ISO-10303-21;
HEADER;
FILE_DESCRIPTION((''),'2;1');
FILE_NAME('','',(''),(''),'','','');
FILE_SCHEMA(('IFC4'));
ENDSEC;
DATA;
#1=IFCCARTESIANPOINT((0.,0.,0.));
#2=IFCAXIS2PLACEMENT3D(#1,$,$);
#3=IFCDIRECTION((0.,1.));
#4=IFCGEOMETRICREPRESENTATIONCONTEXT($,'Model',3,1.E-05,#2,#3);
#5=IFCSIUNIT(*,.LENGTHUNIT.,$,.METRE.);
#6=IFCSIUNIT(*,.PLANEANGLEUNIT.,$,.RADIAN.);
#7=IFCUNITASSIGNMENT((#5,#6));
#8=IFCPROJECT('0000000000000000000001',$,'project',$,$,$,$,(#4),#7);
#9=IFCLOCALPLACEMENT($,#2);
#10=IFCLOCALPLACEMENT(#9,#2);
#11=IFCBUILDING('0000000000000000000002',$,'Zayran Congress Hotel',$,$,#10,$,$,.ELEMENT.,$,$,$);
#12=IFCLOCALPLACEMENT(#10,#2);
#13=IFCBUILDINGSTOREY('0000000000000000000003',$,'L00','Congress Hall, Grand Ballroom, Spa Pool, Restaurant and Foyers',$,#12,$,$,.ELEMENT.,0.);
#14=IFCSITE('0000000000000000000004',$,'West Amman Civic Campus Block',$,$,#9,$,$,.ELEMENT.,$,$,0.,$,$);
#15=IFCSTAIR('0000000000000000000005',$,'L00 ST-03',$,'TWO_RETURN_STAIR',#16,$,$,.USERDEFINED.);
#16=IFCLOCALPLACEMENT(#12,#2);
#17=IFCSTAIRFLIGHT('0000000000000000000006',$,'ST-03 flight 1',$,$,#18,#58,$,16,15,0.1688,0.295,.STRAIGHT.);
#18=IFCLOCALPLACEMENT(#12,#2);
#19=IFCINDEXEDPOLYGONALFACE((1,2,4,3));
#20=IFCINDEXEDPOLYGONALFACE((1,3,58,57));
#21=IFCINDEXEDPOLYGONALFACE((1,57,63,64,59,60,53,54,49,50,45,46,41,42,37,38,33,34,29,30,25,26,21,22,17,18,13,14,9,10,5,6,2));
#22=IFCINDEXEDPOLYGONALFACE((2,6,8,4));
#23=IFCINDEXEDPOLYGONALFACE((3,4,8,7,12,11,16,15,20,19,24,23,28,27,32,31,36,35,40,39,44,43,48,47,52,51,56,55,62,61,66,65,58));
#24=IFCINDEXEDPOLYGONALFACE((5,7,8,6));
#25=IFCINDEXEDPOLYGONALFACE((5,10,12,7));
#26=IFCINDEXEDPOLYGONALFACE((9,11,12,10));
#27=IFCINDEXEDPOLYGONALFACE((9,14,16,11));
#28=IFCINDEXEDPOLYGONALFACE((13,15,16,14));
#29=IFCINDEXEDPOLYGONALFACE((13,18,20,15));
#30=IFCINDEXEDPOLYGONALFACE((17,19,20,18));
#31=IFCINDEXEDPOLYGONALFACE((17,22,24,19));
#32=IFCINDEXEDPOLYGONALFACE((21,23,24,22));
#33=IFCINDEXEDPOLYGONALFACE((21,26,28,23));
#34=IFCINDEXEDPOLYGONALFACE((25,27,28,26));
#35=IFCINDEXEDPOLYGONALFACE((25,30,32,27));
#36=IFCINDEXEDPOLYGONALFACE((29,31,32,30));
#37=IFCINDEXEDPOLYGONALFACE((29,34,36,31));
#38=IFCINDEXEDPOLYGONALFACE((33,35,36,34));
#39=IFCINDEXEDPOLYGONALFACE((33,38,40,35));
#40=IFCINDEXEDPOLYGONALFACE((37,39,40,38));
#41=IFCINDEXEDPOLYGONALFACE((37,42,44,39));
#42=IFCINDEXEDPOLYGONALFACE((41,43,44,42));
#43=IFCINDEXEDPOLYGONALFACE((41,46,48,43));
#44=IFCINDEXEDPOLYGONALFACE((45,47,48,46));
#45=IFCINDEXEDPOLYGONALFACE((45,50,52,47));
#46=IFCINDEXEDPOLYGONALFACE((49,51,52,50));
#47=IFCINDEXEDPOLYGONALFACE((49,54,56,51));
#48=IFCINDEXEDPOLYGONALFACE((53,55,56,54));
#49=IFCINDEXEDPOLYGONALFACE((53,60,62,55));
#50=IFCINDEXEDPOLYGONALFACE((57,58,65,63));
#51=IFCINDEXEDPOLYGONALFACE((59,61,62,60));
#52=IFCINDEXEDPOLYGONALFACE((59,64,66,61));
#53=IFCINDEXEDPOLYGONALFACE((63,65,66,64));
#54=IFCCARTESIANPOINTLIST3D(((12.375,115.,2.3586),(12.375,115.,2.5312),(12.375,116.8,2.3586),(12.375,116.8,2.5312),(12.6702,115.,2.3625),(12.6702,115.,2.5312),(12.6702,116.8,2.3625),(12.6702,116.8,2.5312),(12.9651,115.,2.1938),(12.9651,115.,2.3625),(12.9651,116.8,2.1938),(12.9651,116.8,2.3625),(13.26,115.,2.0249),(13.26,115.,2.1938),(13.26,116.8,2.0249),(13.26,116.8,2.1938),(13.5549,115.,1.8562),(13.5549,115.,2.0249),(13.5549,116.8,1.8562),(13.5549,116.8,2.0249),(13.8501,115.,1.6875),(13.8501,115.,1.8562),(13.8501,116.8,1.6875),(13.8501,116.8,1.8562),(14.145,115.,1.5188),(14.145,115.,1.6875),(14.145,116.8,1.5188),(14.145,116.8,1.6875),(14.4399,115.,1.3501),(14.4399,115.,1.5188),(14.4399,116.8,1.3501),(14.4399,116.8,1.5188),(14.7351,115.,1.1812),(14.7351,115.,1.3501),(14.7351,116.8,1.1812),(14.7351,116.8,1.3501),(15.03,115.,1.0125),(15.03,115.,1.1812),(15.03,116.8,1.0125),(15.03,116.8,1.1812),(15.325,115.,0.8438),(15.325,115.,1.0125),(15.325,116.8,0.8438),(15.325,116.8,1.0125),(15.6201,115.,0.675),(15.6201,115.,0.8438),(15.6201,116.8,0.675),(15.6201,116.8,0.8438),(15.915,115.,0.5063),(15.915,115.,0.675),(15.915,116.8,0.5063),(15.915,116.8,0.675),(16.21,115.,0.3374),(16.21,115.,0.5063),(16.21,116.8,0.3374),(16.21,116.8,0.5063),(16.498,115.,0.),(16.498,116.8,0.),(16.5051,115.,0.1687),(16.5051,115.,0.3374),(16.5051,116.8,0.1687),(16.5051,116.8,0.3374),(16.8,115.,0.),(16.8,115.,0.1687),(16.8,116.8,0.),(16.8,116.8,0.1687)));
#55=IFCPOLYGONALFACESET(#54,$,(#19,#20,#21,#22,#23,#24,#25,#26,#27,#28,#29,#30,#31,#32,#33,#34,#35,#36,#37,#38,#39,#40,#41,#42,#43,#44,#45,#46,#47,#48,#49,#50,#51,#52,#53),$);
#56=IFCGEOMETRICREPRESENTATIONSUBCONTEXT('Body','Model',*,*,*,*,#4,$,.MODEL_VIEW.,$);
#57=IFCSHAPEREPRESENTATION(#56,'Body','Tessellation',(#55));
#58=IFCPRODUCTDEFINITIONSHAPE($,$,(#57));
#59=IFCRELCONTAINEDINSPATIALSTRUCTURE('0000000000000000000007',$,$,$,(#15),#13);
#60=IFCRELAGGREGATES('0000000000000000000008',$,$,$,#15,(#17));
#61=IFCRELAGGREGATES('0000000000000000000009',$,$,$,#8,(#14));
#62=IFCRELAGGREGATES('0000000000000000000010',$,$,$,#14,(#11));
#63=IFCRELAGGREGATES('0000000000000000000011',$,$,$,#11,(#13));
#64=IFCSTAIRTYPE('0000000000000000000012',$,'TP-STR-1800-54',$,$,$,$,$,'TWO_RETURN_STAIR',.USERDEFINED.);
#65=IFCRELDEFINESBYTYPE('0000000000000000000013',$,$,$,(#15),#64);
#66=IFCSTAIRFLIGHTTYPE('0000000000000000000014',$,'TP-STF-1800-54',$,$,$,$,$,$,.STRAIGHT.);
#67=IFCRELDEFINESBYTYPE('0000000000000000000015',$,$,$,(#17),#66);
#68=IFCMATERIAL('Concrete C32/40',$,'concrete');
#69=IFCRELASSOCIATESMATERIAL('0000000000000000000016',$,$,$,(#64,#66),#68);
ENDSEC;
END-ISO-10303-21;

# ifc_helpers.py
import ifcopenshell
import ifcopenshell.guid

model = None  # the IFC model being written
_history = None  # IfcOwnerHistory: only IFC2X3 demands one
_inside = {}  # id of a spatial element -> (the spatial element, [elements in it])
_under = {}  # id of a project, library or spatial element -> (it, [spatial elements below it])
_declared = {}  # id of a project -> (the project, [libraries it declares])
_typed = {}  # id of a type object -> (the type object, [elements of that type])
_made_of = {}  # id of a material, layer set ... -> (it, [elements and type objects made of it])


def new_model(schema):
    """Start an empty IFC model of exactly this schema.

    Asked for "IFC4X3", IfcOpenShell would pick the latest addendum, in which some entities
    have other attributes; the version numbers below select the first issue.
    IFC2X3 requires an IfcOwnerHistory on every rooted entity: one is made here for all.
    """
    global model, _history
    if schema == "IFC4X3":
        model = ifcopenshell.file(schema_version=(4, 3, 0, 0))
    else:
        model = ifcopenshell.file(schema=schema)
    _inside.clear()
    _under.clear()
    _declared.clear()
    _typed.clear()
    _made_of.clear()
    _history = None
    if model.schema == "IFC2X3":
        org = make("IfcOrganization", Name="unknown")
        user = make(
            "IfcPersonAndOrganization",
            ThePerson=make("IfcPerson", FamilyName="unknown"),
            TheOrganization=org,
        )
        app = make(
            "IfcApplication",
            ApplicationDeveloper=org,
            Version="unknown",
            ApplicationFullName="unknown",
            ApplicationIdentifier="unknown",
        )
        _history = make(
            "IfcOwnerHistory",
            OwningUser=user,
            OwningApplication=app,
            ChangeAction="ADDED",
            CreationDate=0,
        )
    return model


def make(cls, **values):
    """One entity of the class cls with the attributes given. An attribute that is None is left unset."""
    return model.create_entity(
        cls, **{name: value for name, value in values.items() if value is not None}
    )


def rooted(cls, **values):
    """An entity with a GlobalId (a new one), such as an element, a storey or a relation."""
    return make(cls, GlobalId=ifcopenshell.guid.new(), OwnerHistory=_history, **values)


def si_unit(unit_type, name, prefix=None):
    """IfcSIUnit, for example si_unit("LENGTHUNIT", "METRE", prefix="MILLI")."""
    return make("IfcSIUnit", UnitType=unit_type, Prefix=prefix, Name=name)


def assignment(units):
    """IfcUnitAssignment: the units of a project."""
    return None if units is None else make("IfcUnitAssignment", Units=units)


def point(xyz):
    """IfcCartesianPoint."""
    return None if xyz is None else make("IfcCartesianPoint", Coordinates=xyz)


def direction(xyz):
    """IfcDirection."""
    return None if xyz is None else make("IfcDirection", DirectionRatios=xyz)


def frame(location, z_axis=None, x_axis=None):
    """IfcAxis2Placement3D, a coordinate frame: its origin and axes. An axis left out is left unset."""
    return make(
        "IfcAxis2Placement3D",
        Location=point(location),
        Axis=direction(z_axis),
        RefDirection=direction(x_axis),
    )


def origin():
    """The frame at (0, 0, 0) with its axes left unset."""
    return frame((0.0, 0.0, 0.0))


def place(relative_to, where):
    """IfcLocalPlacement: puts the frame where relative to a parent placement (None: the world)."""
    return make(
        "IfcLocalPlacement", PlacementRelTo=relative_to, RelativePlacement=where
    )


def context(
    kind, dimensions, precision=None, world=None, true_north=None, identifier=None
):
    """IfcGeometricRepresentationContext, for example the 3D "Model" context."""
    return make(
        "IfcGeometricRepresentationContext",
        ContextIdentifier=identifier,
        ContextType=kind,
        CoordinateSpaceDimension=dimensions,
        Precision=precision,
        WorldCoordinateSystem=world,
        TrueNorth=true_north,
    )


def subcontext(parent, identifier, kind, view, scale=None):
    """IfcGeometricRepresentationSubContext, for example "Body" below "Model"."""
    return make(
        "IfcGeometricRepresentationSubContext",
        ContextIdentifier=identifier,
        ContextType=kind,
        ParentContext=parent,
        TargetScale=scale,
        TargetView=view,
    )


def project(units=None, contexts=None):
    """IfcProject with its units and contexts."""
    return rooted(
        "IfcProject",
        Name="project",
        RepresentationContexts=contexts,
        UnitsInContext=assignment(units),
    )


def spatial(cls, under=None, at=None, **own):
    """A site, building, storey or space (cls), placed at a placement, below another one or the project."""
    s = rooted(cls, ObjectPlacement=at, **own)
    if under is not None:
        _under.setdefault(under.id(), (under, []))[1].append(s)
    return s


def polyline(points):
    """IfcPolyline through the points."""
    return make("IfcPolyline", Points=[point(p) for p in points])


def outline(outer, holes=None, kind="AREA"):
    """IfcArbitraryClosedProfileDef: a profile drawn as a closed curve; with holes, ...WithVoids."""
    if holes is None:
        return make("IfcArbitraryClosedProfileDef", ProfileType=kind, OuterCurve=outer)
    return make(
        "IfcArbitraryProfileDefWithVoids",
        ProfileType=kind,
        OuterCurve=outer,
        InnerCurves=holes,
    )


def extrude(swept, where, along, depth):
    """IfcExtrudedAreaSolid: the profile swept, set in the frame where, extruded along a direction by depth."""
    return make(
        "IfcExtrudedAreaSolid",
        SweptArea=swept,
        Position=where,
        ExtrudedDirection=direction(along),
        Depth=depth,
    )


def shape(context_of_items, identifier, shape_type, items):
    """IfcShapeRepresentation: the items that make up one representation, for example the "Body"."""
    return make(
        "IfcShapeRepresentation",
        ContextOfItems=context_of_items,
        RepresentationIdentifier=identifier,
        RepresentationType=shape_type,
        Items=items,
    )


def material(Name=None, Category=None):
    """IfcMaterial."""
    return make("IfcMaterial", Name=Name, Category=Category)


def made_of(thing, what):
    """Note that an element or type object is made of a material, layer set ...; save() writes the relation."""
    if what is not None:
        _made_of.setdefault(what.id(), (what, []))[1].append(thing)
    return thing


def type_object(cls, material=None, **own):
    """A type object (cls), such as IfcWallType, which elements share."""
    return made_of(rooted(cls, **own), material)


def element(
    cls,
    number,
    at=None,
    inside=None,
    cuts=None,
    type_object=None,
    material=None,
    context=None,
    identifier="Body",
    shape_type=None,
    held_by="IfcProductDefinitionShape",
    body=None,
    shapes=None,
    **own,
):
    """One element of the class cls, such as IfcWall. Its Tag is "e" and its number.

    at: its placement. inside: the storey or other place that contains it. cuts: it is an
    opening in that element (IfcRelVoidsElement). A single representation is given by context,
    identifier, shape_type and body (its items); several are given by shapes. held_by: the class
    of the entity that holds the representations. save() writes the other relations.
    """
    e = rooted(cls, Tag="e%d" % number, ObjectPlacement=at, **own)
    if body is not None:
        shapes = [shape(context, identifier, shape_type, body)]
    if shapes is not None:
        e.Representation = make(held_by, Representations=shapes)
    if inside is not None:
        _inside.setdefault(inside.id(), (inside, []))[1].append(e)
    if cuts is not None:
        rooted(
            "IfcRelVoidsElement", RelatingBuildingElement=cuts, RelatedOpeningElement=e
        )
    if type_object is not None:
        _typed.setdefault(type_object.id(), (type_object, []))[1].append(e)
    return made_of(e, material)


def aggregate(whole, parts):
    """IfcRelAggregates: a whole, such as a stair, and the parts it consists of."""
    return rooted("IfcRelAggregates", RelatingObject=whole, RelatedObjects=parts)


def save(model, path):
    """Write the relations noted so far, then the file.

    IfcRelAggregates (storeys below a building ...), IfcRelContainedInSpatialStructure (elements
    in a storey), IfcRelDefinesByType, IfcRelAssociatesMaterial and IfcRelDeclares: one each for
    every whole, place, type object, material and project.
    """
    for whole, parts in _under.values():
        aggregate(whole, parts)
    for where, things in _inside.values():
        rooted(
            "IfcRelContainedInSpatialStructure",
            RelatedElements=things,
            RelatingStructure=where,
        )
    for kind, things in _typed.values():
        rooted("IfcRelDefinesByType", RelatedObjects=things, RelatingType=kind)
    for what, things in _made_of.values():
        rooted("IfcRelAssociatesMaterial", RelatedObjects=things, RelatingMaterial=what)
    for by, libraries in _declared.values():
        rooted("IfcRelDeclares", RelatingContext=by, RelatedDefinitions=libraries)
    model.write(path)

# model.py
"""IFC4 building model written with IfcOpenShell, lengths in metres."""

from ifc_helpers import new_model, si_unit, direction, frame, origin, place, context, subcontext, project, spatial, polyline, outline, extrude, material, type_object, element, aggregate, save


model = new_model("IFC4")

# Units and contexts
model_context = context("Model", 3, precision=1e-05, world=origin(), true_north=direction((0.0, 1.0)))
body_context = subcontext(model_context, "Body", "Model", "MODEL_VIEW")
ifc_project = project(units=[si_unit("LENGTHUNIT", "METRE"), si_unit("PLANEANGLEUNIT", "RADIAN")], contexts=[model_context])

# Site, building, storey
site_placement = place(None, origin())
site = spatial("IfcSite", under=ifc_project, at=site_placement, Name="West Amman Civic Campus Block", CompositionType="ELEMENT", RefElevation=0.0)
building_placement = place(site_placement, origin())
building = spatial("IfcBuilding", under=site, at=building_placement, Name="Zayran Congress Hotel", CompositionType="ELEMENT")
storey_placement = place(building_placement, origin())
storey = spatial("IfcBuildingStorey", under=building, at=storey_placement, Name="L00", Description="Congress Hall, Grand Ballroom, Spa Pool, Restaurant and Foyers", CompositionType="ELEMENT", Elevation=0.0)

# Stair, stair flight
ifc_material_1 = material(Name="Concrete C32/40", Category="concrete")
stair_type = type_object("IfcStairType", Name="TP-STR-1800-54", ElementType="TWO_RETURN_STAIR", PredefinedType="USERDEFINED", material=ifc_material_1)
stair_placement = place(storey_placement, origin())
stair = element("IfcStair", 1, at=stair_placement, inside=storey, type_object=stair_type, Name="L00 ST-03", ObjectType="TWO_RETURN_STAIR", PredefinedType="USERDEFINED")
stair_flight_type = type_object("IfcStairFlightType", Name="TP-STF-1800-54", PredefinedType="STRAIGHT", material=ifc_material_1)
stair_flight_placement = place(storey_placement, frame((16.8, 115.8999, 0.0), z_axis=(0.0, 0.0, 1.0), x_axis=(-1.0, 0.0, 0.0)))
stair_flight = element("IfcStairFlight", 2, at=stair_flight_placement, type_object=stair_flight_type, Name="ST-03 flight 1", NumberOfRisers=16, NumberOfTreads=15, PredefinedType="STRAIGHT", RiserHeight=0.1688, TreadLength=0.295, context=body_context, shape_type="SweptSolid", body=[
    extrude(outline(polyline([(0.0, 0.0), (0.0, 0.1687), (0.2949, 0.1687), (0.2949, 0.3374), (0.5901, 0.3374), (0.5901, 0.5063), (0.885, 0.5063), (0.885, 0.675), (1.1799, 0.675), (1.1799, 0.8438), (1.4751, 0.8438), (1.4751, 1.0125), (1.77, 1.0125), (1.77, 1.1812), (2.0649, 1.1812), (2.0649, 1.3501), (2.3601, 1.3501), (2.3601, 1.5188), (2.655, 1.5188), (2.655, 1.6875), (2.95, 1.6875), (2.95, 1.8562), (3.2451, 1.8562), (3.2451, 2.0249), (3.54, 2.0249), (3.54, 2.1938), (3.835, 2.1938), (3.835, 2.3625), (4.1299, 2.3625), (4.1299, 2.5312), (4.425, 2.5312), (4.425, 2.7), (4.425, 2.3586), (0.302, 0.0), (0.0, 0.0)])), frame((0.0, 0.8999, 0.0), z_axis=(0.0, -1.0, 0.0), x_axis=(1.0, 0.0, 0.0)), (0.0, 0.0, 1.0), 1.8),
])
aggregate(stair, [stair_flight])

save(model, "model.ifc")
